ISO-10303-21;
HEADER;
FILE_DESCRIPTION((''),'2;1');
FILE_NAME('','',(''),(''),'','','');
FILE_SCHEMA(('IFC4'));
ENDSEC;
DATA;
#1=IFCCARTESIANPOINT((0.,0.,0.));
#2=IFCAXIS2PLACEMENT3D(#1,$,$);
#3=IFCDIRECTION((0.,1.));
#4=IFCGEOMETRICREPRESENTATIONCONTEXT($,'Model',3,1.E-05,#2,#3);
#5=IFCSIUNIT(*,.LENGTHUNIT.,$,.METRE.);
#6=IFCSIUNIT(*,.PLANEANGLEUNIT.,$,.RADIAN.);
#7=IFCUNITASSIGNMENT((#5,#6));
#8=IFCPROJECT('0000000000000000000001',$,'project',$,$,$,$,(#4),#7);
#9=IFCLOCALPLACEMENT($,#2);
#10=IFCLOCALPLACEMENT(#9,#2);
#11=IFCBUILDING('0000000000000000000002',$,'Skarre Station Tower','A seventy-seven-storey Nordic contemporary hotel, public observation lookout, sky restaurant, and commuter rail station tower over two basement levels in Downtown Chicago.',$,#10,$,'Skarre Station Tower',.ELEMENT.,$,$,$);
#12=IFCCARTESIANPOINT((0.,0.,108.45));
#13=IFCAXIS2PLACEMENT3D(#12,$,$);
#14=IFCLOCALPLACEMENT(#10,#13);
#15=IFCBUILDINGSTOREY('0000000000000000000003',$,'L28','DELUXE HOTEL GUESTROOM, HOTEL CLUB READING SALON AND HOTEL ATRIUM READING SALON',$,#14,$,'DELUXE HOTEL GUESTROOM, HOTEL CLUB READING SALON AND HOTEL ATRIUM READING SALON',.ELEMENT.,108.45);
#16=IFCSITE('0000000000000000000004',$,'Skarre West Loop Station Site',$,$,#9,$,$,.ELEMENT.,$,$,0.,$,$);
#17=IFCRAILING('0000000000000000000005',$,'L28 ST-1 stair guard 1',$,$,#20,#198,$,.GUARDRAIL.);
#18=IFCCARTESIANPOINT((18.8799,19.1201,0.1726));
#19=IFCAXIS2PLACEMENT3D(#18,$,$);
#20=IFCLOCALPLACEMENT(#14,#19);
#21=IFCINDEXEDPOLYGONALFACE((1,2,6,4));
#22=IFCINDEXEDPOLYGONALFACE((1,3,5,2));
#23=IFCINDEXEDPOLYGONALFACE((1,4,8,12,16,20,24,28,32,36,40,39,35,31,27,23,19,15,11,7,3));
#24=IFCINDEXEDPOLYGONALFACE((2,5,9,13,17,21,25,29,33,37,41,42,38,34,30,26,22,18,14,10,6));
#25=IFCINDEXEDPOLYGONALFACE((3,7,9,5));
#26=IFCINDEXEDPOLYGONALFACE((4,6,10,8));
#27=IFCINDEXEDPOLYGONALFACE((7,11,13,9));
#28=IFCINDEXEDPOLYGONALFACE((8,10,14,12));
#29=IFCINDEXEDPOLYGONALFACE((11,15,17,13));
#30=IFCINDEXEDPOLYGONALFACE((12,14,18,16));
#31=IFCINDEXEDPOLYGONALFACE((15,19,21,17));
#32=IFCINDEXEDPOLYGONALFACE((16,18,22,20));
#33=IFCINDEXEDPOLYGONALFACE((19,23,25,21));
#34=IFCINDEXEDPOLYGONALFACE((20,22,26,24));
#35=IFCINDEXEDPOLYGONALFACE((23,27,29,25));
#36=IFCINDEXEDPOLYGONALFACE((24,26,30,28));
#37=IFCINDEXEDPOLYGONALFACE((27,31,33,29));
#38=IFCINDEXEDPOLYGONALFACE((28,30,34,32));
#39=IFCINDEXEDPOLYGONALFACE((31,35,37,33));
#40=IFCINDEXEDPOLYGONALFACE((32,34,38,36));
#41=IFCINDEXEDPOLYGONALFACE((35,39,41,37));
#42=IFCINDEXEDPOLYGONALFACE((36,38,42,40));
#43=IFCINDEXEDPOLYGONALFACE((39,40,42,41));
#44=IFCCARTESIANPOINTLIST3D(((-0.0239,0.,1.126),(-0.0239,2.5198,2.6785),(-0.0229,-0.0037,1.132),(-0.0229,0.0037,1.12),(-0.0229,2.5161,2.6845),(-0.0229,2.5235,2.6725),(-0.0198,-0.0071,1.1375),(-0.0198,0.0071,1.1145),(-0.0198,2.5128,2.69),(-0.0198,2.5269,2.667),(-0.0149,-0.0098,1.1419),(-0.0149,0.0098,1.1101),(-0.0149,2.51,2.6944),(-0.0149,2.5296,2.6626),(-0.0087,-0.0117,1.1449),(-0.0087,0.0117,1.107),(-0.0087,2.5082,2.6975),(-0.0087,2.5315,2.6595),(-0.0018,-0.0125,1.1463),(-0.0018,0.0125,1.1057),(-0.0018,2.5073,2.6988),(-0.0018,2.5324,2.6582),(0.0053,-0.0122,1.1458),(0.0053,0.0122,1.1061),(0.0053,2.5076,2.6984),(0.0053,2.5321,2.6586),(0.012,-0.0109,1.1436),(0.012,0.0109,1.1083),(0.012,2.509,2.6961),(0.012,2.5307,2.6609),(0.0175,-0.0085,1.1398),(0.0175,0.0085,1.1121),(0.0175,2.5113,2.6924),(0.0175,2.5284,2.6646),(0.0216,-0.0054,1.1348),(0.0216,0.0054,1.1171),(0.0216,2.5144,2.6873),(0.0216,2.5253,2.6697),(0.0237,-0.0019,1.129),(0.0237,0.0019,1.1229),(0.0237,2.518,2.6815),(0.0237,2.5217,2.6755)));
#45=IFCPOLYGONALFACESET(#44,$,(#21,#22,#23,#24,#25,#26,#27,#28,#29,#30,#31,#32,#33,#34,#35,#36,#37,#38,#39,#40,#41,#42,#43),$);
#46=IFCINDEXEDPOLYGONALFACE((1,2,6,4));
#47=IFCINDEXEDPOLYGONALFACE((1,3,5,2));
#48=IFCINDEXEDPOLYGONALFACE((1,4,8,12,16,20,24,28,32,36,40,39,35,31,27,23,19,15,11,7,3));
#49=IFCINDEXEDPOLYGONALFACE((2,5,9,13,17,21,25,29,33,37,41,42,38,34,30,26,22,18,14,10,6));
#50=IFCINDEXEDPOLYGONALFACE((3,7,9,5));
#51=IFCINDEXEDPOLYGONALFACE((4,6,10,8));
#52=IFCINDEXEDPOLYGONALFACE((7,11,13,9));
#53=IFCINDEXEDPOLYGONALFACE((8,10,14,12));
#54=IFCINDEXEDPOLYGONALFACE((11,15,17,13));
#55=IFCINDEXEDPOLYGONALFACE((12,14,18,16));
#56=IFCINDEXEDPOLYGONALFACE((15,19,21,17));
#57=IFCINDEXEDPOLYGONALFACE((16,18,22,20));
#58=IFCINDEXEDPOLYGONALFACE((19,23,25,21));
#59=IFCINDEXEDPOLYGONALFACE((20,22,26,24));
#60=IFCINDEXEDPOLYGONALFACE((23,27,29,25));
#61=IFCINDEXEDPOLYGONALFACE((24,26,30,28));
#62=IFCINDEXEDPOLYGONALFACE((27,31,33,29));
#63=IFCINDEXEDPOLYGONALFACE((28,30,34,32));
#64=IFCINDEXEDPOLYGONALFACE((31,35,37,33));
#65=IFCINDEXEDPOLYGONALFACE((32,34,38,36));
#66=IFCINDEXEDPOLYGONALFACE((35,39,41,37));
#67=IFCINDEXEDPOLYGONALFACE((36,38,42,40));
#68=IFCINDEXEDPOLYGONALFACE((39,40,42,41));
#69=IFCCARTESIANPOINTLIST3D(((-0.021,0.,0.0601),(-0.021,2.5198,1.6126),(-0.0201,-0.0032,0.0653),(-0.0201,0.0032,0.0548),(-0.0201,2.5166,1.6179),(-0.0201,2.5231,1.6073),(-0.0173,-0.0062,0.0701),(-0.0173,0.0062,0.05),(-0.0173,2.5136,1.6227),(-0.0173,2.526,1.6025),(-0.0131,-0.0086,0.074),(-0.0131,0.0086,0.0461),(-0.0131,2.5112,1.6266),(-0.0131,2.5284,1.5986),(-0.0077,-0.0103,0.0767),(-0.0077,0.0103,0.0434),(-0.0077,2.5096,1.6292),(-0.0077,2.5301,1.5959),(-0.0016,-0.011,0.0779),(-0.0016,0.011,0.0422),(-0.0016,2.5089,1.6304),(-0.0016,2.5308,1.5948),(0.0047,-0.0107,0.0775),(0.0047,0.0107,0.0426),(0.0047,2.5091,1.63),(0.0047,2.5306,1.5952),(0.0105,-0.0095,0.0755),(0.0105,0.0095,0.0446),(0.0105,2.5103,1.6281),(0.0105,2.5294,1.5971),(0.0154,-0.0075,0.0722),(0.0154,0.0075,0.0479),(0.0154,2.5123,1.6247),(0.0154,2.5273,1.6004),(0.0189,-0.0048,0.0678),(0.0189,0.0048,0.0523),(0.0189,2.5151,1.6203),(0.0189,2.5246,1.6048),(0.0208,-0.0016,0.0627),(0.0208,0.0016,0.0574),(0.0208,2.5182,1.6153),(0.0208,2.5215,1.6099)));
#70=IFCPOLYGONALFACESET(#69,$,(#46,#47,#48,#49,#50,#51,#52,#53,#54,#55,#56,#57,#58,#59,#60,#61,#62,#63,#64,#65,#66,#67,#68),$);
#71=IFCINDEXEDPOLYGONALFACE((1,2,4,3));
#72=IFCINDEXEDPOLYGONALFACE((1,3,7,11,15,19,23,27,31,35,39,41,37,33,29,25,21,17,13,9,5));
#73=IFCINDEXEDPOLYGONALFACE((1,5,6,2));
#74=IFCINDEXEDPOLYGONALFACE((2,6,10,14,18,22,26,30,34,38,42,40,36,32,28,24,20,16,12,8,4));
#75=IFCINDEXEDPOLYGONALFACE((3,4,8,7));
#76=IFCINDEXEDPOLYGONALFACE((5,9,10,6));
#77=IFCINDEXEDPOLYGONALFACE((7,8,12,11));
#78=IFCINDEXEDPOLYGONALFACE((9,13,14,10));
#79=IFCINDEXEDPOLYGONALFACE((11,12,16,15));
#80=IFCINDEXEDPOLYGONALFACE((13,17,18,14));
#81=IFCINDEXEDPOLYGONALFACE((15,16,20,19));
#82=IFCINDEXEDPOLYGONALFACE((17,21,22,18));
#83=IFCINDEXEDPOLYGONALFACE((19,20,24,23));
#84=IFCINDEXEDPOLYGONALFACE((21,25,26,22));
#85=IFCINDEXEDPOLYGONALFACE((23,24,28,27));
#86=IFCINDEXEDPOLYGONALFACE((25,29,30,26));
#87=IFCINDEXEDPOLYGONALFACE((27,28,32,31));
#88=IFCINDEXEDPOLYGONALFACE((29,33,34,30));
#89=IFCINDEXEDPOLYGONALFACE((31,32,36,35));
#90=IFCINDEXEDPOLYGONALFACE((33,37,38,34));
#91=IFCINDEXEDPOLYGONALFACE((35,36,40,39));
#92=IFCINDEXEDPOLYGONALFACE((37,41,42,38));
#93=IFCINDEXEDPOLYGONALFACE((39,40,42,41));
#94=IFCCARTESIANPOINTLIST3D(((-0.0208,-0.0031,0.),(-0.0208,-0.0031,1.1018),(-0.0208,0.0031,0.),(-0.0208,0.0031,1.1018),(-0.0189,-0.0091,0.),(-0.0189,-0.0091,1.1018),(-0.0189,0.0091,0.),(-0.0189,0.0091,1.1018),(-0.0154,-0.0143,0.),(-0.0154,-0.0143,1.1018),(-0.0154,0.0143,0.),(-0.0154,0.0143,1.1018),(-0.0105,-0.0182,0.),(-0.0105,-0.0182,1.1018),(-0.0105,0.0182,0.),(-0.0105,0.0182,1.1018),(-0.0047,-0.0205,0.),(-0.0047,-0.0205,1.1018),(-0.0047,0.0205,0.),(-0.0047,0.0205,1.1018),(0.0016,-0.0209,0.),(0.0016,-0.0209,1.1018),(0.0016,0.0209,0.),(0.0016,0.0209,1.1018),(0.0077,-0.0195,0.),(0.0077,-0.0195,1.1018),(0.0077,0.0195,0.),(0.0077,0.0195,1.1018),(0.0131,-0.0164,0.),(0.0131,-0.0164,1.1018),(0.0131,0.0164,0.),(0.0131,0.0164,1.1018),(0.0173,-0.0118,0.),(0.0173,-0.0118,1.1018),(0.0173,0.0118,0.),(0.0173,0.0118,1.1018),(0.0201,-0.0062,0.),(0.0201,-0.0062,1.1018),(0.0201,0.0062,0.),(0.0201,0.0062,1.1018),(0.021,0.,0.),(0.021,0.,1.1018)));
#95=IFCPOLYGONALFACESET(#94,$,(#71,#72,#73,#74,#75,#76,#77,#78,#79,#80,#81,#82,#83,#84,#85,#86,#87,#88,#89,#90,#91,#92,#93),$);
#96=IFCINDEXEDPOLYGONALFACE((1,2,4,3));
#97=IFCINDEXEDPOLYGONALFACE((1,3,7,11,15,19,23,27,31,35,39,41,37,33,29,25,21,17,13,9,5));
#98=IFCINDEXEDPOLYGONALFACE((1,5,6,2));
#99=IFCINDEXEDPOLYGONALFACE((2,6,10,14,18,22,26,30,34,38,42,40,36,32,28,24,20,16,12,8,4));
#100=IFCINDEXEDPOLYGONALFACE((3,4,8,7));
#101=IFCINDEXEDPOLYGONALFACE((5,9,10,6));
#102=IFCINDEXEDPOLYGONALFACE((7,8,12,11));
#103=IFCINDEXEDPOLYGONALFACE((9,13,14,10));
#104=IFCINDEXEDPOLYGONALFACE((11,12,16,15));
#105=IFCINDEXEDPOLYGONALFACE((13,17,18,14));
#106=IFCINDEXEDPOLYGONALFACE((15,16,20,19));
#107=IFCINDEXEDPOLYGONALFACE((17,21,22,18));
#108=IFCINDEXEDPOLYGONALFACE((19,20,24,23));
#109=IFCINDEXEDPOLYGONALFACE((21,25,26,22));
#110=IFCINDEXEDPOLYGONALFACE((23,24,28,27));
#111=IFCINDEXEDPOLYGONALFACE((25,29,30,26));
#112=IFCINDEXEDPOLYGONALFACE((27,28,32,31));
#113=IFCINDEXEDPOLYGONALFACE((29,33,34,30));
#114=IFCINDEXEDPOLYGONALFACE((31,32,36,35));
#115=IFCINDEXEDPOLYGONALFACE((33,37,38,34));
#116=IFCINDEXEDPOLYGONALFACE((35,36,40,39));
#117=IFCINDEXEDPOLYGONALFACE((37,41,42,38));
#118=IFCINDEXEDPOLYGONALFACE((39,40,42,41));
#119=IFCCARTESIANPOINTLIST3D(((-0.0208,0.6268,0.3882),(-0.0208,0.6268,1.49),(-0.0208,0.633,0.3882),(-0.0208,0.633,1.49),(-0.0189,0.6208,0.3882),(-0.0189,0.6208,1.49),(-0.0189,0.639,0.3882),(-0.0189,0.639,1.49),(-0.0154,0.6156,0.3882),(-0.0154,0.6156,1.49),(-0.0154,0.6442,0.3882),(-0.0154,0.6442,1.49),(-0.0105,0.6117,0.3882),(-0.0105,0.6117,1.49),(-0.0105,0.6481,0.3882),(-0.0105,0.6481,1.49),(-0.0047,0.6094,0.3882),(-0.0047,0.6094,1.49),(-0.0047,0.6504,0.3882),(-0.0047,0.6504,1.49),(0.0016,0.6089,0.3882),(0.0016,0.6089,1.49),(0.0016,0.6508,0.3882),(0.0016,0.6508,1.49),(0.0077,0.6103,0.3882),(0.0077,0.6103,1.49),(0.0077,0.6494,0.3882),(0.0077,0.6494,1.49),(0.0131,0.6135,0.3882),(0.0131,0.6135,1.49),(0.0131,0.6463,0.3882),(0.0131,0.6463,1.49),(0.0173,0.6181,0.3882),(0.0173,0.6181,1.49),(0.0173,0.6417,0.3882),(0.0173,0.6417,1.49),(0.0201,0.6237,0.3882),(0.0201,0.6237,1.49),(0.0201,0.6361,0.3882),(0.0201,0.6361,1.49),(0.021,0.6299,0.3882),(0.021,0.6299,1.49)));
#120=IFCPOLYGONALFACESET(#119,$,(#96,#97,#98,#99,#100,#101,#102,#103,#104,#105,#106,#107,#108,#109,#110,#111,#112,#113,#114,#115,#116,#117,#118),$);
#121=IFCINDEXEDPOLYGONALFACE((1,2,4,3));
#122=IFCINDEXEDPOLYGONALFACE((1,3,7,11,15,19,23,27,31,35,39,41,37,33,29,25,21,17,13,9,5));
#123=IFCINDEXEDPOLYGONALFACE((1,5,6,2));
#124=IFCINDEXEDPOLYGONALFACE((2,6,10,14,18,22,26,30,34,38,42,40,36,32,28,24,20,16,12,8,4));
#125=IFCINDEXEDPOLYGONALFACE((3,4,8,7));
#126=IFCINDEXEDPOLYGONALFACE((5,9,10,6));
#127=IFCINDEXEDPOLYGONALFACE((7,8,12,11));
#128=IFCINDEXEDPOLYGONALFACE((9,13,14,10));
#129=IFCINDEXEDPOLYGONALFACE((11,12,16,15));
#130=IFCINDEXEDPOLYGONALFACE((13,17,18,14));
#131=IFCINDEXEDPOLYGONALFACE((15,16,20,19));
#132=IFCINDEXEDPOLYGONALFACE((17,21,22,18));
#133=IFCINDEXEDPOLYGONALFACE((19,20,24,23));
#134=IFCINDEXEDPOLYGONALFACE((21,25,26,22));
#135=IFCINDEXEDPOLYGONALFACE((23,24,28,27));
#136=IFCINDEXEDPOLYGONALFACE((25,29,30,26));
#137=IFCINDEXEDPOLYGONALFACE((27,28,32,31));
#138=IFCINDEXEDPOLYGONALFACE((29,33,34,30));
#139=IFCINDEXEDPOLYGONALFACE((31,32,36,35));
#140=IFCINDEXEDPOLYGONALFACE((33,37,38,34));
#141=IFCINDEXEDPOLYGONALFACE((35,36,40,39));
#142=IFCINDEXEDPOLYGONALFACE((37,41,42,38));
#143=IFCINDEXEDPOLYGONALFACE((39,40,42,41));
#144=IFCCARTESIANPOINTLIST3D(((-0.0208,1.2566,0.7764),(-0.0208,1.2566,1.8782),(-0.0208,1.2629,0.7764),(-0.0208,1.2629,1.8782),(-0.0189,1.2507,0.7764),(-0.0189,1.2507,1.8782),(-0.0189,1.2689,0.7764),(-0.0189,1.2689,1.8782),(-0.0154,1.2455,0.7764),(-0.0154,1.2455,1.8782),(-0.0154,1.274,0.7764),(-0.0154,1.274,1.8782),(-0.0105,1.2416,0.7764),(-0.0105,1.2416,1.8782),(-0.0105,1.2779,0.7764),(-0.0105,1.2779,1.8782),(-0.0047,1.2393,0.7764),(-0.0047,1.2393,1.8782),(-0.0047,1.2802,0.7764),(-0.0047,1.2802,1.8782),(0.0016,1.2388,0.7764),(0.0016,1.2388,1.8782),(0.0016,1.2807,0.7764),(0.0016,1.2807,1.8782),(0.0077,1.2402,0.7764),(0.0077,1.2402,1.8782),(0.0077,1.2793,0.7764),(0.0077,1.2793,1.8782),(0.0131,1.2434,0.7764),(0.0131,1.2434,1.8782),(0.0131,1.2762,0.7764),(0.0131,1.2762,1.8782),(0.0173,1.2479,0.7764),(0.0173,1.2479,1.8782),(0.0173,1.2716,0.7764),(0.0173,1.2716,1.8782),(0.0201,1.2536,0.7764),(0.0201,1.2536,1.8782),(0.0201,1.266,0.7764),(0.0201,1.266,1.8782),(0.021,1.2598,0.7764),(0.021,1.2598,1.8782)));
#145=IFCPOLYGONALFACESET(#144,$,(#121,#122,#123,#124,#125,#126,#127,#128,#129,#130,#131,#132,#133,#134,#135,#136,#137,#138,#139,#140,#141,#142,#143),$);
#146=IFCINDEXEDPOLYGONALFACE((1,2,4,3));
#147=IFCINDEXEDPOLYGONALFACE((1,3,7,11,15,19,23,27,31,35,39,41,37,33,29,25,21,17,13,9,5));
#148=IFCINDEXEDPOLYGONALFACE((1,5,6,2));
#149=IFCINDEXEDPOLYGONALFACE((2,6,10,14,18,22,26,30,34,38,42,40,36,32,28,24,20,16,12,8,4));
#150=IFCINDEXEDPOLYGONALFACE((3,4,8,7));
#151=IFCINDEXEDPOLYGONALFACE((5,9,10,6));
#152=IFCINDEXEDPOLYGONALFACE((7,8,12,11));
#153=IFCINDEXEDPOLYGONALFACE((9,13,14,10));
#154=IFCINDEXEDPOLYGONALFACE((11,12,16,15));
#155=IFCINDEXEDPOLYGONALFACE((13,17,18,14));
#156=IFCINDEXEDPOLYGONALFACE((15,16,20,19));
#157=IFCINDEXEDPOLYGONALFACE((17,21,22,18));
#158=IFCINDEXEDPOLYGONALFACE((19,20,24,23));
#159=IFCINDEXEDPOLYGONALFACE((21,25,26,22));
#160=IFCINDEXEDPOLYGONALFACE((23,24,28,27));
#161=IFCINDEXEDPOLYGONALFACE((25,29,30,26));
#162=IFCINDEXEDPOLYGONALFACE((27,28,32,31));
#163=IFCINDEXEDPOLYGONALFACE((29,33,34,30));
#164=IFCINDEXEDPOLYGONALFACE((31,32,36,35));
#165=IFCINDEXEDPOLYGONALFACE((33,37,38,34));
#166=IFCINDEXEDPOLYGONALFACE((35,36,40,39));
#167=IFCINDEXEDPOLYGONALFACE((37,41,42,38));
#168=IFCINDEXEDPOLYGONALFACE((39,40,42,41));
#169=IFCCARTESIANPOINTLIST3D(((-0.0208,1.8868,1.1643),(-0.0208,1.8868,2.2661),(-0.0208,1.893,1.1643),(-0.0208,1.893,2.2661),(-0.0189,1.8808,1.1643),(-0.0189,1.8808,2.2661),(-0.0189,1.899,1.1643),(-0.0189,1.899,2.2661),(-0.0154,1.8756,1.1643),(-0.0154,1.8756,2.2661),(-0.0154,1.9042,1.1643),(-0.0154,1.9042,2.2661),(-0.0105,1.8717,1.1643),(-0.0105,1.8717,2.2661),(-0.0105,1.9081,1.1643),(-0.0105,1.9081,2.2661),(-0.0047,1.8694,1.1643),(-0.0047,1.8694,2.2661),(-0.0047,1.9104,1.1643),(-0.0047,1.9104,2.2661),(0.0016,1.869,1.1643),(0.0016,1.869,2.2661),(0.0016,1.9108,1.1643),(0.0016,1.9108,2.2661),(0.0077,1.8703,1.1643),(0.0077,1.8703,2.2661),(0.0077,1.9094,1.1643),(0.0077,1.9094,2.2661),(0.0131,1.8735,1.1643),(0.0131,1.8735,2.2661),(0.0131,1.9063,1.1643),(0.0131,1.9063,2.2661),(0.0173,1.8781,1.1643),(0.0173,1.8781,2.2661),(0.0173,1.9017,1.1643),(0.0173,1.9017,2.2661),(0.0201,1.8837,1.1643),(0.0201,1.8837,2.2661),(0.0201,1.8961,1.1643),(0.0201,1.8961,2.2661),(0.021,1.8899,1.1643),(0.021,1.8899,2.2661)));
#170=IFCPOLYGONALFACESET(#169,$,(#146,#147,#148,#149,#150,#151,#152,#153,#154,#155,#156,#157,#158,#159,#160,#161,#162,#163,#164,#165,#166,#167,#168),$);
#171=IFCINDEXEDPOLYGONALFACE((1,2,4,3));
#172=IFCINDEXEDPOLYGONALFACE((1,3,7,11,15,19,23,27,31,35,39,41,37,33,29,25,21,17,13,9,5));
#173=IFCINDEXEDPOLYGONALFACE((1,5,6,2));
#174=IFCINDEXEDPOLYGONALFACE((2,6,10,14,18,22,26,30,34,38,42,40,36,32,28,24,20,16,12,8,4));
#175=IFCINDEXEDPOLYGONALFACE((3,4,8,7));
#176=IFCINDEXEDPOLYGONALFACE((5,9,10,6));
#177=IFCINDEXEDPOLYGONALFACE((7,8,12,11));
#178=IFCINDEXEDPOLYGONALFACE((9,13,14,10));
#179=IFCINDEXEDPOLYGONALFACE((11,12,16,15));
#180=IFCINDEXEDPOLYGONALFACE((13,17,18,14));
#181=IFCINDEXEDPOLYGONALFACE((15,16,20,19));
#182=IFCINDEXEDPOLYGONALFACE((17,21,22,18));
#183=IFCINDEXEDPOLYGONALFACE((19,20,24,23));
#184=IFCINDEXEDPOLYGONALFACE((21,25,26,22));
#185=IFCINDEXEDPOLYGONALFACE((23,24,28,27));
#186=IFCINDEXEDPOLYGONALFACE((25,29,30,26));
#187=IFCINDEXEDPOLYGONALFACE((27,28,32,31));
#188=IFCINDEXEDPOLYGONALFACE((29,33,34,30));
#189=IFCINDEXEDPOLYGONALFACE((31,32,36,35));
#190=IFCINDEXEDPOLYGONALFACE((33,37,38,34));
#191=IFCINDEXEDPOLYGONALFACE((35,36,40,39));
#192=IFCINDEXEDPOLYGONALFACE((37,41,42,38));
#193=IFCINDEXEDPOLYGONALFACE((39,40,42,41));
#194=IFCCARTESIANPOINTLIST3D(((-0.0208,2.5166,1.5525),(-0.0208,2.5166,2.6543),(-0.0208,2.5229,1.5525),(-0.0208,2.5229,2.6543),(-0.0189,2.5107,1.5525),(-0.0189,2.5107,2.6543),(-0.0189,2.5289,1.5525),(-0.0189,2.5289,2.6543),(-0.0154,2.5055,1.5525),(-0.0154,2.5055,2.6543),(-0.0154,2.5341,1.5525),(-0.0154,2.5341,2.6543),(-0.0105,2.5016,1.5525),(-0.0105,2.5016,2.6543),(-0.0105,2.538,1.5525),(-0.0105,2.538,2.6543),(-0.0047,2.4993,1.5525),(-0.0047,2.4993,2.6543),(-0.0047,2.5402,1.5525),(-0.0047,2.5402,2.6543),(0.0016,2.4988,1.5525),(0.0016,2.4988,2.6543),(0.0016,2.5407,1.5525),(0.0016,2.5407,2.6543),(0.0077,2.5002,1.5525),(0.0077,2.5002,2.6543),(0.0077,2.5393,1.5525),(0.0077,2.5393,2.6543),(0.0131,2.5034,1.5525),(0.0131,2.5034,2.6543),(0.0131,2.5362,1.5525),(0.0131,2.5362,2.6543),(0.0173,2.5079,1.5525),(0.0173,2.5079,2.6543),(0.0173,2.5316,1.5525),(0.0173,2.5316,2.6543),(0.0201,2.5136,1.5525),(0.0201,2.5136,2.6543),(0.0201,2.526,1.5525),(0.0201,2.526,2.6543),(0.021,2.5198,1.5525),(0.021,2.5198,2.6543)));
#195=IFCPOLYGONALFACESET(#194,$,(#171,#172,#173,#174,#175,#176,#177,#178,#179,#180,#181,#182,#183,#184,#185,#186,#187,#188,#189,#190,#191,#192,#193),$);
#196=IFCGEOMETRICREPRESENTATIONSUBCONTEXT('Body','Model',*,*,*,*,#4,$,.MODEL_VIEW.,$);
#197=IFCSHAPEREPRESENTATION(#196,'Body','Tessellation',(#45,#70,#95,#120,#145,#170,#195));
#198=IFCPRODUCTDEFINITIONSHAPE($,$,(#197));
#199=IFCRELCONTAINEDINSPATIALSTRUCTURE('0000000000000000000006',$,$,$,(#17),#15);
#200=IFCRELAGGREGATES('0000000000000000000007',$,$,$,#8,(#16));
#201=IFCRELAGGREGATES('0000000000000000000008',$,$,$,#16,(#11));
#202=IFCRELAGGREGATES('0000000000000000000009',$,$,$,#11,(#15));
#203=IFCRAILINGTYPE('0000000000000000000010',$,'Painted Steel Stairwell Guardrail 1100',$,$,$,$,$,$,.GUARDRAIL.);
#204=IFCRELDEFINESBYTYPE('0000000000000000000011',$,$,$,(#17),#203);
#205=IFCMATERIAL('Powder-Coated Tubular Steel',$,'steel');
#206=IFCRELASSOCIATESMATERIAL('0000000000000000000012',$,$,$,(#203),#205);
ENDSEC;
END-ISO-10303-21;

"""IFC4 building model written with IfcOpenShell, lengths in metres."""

from ifc_helpers import new_model, si_unit, direction, frame, origin, origin_2d, place, context, subcontext, project, spatial, circle, extrude, material, type_object, element, save


model = new_model("IFC4")

# Units and contexts
model_context = context("Model", 3, precision=1e-05, world=origin(), true_north=direction((0.0, 1.0)))
body_context = subcontext(model_context, "Body", "Model", "MODEL_VIEW")
ifc_project = project(units=[si_unit("LENGTHUNIT", "METRE"), si_unit("PLANEANGLEUNIT", "RADIAN")], contexts=[model_context])

# Site, building, storey
site_placement = place(None, origin())
site = spatial("IfcSite", under=ifc_project, at=site_placement, Name="Skarre West Loop Station Site", CompositionType="ELEMENT", RefElevation=0.0)
building_placement = place(site_placement, origin())
building = spatial("IfcBuilding", under=site, at=building_placement, Name="Skarre Station Tower", Description="A seventy-seven-storey Nordic contemporary hotel, public observation lookout, sky restaurant, and commuter rail station tower over two basement levels in Downtown Chicago.", LongName="Skarre Station Tower", CompositionType="ELEMENT")
storey_placement = place(building_placement, frame((0.0, 0.0, 108.45)))
storey = spatial("IfcBuildingStorey", under=building, at=storey_placement, Name="L28", Description="DELUXE HOTEL GUESTROOM, HOTEL CLUB READING SALON AND HOTEL ATRIUM READING SALON", LongName="DELUXE HOTEL GUESTROOM, HOTEL CLUB READING SALON AND HOTEL ATRIUM READING SALON", CompositionType="ELEMENT", Elevation=108.45)

# Railing
ifc_material_1 = material(Name="Powder-Coated Tubular Steel", Category="steel")
railing_type_1 = type_object("IfcRailingType", Name="Painted Steel Stairwell Guardrail 1100", PredefinedType="GUARDRAIL", material=ifc_material_1)
railing_1_placement = place(storey_placement, frame((18.8799, 19.1201, 0.1726)))
element("IfcRailing", 1, at=railing_1_placement, inside=storey, type_object=railing_type_1, Name="L28 ST-1 stair guard 1", PredefinedType="GUARDRAIL", context=body_context, shape_type="SweptSolid", body=[
    extrude(circle(Radius=0.0239, at=origin_2d()), frame((0.0, 0.0, 1.126), z_axis=(0.0, 0.851378, 0.524553), x_axis=(-1.0, 0.0, 0.0)), (0.0, 0.0, 1.0), 2.9597),
    extrude(circle(Radius=0.021, at=origin_2d()), frame((0.0, 0.0, 0.0601), z_axis=(0.0, 0.851378, 0.524553), x_axis=(-1.0, 0.0, 0.0)), (0.0, 0.0, 1.0), 2.9597),
    extrude(circle(Radius=0.021, at=origin_2d()), origin(), (0.0, 0.0, 1.0), 1.1018),
    extrude(circle(Radius=0.021, at=origin_2d()), frame((0.0, 0.6299, 0.3882)), (0.0, 0.0, 1.0), 1.1018),
    extrude(circle(Radius=0.021, at=origin_2d()), frame((0.0, 1.2598, 0.7764)), (0.0, 0.0, 1.0), 1.1018),
    extrude(circle(Radius=0.021, at=origin_2d()), frame((0.0, 1.8899, 1.1643)), (0.0, 0.0, 1.0), 1.1018),
    extrude(circle(Radius=0.021, at=origin_2d()), frame((0.0, 2.5198, 1.5525)), (0.0, 0.0, 1.0), 1.1018),
])

save(model, "model.ifc")
